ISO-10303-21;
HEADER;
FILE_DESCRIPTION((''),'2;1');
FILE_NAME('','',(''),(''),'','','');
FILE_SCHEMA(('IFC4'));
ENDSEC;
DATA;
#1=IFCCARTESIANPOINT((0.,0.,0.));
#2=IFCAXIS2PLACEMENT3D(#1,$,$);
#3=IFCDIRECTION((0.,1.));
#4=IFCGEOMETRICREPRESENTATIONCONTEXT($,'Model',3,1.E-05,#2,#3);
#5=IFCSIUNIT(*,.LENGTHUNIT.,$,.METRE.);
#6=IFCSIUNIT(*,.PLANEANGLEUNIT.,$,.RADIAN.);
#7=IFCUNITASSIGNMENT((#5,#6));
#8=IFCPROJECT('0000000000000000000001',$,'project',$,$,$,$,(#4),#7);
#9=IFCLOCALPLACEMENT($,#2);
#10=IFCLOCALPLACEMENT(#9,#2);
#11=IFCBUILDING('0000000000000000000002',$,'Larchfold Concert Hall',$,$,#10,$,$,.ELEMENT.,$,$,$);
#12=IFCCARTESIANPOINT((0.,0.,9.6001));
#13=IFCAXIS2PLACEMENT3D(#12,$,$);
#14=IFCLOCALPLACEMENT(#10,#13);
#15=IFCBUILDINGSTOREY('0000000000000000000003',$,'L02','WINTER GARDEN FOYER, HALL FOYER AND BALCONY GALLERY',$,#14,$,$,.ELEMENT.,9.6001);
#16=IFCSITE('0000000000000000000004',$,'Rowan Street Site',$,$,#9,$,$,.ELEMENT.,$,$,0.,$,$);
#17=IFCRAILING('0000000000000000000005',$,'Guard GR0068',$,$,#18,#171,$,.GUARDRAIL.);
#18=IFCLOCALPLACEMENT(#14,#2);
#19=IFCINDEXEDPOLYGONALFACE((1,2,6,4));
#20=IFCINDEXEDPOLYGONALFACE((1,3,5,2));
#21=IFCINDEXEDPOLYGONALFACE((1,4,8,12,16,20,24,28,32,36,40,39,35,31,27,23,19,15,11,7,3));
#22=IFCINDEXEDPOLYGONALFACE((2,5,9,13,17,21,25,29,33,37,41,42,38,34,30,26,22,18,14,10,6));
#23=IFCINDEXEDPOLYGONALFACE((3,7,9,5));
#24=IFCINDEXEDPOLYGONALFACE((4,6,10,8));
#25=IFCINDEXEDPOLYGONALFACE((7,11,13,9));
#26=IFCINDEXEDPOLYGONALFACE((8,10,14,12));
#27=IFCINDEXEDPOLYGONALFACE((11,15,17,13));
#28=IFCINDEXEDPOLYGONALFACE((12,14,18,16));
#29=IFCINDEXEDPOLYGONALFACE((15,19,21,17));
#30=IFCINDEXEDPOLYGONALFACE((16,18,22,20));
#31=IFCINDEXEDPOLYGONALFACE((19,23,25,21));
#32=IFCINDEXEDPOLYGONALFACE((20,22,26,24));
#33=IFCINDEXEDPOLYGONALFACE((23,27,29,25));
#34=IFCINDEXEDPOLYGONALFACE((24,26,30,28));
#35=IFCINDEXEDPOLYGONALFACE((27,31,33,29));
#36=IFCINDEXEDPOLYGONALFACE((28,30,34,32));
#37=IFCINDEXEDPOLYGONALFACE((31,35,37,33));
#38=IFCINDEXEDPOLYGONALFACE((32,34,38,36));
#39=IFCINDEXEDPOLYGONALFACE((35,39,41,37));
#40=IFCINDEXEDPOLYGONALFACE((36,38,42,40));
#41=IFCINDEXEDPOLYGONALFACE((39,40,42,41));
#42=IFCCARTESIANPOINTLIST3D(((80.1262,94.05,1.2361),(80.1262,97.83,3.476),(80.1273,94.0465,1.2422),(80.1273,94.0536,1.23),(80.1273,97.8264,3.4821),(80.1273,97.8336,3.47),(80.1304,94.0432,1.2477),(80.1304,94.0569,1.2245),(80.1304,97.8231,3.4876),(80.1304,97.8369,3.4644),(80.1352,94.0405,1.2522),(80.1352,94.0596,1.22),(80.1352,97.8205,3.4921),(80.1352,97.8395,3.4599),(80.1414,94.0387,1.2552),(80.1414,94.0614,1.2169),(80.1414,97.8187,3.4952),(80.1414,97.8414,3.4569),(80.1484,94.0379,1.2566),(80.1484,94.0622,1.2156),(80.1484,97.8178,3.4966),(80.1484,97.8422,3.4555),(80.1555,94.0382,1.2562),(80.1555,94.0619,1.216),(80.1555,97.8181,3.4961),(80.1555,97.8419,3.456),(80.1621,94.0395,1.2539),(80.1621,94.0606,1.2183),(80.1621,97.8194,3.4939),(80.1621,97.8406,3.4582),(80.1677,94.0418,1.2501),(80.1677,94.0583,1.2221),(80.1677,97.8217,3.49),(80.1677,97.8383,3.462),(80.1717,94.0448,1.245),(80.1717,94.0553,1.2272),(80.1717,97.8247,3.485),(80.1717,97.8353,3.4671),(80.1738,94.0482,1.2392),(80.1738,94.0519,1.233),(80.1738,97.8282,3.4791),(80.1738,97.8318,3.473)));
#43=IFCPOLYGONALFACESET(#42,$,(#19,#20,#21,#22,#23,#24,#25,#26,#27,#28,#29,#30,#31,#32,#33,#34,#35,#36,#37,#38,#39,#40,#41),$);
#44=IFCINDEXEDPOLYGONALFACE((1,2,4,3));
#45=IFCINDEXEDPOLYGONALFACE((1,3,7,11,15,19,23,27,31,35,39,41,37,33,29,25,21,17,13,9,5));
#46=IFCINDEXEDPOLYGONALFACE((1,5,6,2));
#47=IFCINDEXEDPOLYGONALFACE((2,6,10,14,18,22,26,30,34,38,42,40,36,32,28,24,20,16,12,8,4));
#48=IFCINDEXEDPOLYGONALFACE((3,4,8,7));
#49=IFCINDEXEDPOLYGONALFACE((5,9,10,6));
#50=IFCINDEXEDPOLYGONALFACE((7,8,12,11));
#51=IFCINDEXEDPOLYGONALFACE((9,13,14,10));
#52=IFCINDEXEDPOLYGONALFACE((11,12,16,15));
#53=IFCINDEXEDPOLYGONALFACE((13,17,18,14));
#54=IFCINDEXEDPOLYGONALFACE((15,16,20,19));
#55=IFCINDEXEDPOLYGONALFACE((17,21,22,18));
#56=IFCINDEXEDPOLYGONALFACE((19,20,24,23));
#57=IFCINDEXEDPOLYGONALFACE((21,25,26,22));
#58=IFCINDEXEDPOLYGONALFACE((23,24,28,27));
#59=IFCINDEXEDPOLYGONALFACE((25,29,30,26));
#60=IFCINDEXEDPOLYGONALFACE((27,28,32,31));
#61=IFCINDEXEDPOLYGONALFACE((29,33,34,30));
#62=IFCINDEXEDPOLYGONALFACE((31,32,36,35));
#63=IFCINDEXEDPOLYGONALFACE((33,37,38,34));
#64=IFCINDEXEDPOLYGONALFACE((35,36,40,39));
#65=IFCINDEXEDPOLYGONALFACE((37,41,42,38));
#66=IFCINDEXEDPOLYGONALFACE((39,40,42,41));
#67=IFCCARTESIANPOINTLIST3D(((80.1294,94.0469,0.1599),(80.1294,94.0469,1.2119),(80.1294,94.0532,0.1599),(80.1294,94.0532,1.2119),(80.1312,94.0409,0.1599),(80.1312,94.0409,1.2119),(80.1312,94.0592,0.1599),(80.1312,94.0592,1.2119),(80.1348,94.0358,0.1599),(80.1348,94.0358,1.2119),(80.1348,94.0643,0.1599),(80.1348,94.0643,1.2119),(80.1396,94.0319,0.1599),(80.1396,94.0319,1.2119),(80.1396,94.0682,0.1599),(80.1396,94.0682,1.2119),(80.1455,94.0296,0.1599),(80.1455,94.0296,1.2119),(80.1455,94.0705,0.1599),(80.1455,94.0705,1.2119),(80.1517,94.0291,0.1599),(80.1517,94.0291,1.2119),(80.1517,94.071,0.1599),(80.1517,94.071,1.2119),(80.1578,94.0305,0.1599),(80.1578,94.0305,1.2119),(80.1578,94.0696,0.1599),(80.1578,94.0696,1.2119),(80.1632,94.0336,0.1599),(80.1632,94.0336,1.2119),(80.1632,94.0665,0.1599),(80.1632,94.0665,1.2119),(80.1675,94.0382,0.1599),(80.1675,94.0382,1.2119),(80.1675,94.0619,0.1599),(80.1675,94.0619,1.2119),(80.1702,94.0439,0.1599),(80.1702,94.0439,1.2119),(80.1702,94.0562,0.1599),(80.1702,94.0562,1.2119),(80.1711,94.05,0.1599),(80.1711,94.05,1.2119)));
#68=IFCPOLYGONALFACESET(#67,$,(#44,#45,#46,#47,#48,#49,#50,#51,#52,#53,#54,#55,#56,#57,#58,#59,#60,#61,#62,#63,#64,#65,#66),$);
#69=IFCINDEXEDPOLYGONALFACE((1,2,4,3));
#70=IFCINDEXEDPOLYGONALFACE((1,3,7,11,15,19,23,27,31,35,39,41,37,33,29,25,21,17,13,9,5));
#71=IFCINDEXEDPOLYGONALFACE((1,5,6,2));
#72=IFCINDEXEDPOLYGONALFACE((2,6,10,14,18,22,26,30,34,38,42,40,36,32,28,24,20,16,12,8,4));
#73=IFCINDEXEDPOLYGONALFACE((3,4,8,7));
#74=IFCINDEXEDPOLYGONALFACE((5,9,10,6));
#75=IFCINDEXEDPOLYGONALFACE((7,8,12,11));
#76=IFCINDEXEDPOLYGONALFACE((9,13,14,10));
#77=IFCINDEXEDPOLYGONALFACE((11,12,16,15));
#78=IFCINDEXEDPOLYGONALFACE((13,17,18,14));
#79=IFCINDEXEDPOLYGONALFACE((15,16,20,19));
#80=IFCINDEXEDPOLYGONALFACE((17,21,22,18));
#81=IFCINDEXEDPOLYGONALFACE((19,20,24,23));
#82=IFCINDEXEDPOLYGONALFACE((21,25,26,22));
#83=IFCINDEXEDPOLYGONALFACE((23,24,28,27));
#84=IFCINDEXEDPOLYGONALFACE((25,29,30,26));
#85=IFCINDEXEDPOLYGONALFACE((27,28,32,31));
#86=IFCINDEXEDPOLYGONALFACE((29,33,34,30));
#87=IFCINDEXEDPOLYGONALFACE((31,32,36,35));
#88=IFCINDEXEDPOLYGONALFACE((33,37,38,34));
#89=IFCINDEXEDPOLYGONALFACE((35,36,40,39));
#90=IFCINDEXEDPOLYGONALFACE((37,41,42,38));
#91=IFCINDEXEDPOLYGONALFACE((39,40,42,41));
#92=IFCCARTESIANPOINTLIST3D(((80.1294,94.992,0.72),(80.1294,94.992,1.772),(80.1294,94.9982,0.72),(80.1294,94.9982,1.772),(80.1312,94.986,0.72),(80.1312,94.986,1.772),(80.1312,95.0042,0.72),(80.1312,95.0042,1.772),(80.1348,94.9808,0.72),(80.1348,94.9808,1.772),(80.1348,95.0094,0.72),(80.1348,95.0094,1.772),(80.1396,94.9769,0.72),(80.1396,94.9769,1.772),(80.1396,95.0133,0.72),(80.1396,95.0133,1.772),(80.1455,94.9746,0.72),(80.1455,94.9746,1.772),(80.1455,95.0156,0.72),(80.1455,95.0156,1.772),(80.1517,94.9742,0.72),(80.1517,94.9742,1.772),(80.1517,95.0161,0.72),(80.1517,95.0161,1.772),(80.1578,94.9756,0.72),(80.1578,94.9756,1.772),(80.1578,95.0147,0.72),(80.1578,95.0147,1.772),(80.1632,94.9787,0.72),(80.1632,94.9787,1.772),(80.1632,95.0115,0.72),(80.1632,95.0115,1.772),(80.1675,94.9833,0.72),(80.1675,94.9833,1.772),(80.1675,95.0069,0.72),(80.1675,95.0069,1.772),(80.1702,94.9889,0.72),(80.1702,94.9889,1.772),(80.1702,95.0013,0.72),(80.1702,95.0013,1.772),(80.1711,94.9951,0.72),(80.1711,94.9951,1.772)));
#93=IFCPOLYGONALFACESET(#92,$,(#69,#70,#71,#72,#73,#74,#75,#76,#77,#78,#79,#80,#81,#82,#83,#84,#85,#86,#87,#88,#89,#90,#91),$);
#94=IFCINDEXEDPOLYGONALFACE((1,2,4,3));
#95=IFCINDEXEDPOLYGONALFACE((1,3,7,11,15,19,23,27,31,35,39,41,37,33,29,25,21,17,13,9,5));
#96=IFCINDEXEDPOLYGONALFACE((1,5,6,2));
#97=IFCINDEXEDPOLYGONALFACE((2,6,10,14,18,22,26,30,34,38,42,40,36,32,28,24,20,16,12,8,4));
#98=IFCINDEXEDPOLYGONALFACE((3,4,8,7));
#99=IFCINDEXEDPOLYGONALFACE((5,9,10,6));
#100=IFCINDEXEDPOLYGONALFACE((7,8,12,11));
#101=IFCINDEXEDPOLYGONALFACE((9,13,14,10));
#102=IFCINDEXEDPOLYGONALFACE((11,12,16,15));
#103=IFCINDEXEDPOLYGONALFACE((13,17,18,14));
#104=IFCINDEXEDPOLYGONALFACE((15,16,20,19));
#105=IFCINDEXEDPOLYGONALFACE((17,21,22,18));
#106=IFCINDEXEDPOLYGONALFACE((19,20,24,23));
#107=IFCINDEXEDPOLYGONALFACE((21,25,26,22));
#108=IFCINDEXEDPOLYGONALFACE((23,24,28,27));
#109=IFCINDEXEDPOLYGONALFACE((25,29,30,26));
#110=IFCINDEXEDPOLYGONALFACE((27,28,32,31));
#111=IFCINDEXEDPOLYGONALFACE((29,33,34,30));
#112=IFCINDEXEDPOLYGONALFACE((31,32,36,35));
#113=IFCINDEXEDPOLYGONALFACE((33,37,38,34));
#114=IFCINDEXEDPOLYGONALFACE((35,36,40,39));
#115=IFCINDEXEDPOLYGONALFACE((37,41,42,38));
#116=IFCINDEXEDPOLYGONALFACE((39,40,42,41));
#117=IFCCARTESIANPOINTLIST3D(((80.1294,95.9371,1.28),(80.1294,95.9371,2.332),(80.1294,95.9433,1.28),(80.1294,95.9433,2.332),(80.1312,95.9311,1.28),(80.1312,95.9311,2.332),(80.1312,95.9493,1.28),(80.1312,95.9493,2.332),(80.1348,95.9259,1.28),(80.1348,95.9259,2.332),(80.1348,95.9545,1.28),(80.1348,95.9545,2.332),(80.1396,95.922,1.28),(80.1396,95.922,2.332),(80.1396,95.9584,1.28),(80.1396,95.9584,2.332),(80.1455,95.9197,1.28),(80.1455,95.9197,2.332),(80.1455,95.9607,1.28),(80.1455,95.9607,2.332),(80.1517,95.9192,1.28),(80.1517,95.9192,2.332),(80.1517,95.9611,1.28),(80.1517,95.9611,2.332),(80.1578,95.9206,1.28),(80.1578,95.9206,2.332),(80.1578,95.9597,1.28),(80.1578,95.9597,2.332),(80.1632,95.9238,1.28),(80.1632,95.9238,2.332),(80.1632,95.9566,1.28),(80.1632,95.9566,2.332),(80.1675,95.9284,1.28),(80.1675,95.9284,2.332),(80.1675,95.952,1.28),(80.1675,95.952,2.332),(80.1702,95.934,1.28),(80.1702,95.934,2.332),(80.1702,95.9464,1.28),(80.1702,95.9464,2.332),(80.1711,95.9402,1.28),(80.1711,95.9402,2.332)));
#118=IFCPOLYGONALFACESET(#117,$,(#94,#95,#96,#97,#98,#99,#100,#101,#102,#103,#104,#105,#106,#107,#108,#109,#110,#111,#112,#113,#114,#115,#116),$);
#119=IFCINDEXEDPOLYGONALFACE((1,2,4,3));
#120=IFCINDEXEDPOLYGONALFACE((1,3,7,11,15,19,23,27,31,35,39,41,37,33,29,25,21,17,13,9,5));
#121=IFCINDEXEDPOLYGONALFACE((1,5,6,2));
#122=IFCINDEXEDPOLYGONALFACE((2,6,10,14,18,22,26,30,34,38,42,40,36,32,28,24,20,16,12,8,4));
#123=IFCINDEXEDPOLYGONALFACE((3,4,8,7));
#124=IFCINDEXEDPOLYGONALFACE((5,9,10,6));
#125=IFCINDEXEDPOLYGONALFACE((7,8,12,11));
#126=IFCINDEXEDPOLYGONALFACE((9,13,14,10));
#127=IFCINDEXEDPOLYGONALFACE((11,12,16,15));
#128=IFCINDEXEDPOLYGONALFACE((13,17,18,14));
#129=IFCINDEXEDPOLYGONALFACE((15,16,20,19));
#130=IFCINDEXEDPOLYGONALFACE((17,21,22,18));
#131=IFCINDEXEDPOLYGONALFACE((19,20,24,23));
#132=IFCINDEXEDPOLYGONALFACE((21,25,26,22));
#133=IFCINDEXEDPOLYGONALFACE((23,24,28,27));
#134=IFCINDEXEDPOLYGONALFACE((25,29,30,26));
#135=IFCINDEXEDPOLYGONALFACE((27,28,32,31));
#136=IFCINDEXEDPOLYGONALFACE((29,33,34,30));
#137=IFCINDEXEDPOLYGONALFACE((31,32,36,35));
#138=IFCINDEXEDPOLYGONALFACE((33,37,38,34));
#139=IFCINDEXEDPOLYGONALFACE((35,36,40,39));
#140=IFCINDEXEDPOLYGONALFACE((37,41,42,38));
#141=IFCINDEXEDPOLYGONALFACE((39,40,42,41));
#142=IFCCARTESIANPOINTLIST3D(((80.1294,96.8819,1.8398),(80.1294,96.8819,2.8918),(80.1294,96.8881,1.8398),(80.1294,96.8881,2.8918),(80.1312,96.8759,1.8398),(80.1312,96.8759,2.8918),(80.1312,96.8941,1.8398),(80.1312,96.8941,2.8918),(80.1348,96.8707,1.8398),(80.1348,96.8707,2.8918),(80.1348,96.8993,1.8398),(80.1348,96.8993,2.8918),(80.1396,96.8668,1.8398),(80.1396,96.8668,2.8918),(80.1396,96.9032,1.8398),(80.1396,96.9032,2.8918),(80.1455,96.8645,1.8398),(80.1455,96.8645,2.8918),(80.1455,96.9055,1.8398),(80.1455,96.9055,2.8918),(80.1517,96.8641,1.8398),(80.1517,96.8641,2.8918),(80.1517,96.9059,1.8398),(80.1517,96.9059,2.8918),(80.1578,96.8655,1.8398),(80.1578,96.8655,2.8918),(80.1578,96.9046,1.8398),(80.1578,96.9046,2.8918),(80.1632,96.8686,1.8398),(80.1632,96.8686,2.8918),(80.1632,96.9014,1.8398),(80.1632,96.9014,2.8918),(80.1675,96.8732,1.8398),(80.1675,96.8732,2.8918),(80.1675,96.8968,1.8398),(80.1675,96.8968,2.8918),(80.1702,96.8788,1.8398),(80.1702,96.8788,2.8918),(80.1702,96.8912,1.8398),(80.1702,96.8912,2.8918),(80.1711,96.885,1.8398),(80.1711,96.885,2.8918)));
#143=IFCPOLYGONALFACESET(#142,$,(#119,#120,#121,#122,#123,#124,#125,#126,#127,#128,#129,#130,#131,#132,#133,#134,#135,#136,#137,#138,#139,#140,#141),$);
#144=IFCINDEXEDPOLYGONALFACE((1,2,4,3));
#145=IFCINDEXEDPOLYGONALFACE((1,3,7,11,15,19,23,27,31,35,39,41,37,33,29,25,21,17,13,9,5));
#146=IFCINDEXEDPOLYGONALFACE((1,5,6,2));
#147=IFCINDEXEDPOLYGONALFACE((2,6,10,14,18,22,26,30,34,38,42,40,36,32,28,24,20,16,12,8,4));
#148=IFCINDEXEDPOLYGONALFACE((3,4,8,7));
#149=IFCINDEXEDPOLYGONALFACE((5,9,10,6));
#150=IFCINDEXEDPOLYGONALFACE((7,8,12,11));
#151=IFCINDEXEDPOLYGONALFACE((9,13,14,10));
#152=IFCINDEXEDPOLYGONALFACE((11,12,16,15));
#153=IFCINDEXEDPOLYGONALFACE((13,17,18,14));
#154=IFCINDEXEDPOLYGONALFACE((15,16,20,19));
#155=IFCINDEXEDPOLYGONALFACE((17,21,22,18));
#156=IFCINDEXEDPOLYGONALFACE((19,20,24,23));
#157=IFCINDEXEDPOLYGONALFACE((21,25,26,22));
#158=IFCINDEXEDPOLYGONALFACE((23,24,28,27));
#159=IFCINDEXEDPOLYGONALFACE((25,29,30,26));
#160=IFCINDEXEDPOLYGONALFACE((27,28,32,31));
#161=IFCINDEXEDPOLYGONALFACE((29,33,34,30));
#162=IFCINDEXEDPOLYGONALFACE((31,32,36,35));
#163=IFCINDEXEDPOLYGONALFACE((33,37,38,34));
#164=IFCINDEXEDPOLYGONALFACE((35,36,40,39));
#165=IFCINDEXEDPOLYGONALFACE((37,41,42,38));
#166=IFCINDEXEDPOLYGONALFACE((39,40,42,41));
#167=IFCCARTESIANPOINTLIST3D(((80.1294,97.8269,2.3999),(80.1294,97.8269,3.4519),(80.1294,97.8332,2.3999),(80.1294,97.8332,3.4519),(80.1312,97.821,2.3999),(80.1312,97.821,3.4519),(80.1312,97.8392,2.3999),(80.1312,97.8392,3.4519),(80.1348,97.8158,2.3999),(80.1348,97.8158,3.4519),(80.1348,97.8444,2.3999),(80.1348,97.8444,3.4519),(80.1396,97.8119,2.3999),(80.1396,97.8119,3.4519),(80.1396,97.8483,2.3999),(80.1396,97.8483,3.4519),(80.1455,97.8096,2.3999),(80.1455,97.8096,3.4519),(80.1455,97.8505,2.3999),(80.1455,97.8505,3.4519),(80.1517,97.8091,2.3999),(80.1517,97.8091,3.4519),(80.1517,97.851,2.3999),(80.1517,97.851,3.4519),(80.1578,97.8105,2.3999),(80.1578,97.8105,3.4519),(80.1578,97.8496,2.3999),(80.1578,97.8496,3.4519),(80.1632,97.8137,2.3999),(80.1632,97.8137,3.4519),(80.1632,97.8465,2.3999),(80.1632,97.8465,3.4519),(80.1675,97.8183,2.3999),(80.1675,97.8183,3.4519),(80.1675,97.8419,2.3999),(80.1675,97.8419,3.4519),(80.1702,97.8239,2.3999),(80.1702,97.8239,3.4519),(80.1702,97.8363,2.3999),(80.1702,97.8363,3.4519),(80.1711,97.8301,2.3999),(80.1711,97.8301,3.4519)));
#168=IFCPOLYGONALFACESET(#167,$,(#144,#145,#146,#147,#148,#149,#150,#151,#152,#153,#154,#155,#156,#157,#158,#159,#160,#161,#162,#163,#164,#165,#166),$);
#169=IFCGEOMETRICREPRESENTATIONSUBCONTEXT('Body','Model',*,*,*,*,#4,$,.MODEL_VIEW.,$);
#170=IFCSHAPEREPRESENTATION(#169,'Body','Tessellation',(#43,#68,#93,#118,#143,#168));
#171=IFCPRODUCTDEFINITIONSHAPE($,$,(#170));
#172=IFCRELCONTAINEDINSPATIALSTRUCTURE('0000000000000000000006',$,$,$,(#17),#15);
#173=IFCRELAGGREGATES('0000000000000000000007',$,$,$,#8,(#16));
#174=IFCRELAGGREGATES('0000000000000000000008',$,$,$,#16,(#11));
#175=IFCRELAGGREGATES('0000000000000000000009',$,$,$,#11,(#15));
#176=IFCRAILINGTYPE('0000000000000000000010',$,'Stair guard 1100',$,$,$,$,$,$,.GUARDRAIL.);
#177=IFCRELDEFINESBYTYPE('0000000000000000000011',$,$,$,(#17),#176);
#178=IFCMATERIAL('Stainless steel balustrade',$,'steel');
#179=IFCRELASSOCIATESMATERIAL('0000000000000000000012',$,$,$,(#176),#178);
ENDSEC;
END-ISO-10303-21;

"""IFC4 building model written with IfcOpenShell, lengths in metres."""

from ifc_helpers import new_model, si_unit, direction, frame, origin, origin_2d, place, context, subcontext, project, spatial, circle, extrude, material, type_object, element, save


model = new_model("IFC4")

# Units and contexts
model_context = context("Model", 3, precision=1e-05, world=origin(), true_north=direction((0.0, 1.0)))
body_context = subcontext(model_context, "Body", "Model", "MODEL_VIEW")
ifc_project = project(units=[si_unit("LENGTHUNIT", "METRE"), si_unit("PLANEANGLEUNIT", "RADIAN")], contexts=[model_context])

# Site, building, storey
site_placement = place(None, origin())
site = spatial("IfcSite", under=ifc_project, at=site_placement, Name="Rowan Street Site", CompositionType="ELEMENT", RefElevation=0.0)
building_placement = place(site_placement, origin())
building = spatial("IfcBuilding", under=site, at=building_placement, Name="Larchfold Concert Hall", CompositionType="ELEMENT")
storey_placement = place(building_placement, frame((0.0, 0.0, 9.6001)))
storey = spatial("IfcBuildingStorey", under=building, at=storey_placement, Name="L02", Description="WINTER GARDEN FOYER, HALL FOYER AND BALCONY GALLERY", CompositionType="ELEMENT", Elevation=9.6001)

# Railing
ifc_material_1 = material(Name="Stainless steel balustrade", Category="steel")
railing_type_1 = type_object("IfcRailingType", Name="Stair guard 1100", PredefinedType="GUARDRAIL", material=ifc_material_1)
railing_1_placement = place(storey_placement, frame((80.1501, 94.05, 0.1599)))
element("IfcRailing", 1, at=railing_1_placement, inside=storey, type_object=railing_type_1, Name="Guard GR0068", PredefinedType="GUARDRAIL", context=body_context, shape_type="SweptSolid", body=[
    extrude(circle(Radius=0.0239, at=origin_2d()), frame((0.0, 0.0, 1.0762), z_axis=(0.0, 0.860294, 0.509798), x_axis=(-1.0, 0.0, 0.0)), (0.0, 0.0, 1.0), 4.3938),
    extrude(circle(Radius=0.021, at=origin_2d()), origin(), (0.0, 0.0, 1.0), 1.052),
    extrude(circle(Radius=0.021, at=origin_2d()), frame((0.0, 0.9451, 0.5601)), (0.0, 0.0, 1.0), 1.052),
    extrude(circle(Radius=0.021, at=origin_2d()), frame((0.0, 1.8901, 1.1201)), (0.0, 0.0, 1.0), 1.052),
    extrude(circle(Radius=0.021, at=origin_2d()), frame((0.0, 2.835, 1.6799)), (0.0, 0.0, 1.0), 1.052),
    extrude(circle(Radius=0.021, at=origin_2d()), frame((0.0, 3.78, 2.24)), (0.0, 0.0, 1.0), 1.052),
])

save(model, "model.ifc")
